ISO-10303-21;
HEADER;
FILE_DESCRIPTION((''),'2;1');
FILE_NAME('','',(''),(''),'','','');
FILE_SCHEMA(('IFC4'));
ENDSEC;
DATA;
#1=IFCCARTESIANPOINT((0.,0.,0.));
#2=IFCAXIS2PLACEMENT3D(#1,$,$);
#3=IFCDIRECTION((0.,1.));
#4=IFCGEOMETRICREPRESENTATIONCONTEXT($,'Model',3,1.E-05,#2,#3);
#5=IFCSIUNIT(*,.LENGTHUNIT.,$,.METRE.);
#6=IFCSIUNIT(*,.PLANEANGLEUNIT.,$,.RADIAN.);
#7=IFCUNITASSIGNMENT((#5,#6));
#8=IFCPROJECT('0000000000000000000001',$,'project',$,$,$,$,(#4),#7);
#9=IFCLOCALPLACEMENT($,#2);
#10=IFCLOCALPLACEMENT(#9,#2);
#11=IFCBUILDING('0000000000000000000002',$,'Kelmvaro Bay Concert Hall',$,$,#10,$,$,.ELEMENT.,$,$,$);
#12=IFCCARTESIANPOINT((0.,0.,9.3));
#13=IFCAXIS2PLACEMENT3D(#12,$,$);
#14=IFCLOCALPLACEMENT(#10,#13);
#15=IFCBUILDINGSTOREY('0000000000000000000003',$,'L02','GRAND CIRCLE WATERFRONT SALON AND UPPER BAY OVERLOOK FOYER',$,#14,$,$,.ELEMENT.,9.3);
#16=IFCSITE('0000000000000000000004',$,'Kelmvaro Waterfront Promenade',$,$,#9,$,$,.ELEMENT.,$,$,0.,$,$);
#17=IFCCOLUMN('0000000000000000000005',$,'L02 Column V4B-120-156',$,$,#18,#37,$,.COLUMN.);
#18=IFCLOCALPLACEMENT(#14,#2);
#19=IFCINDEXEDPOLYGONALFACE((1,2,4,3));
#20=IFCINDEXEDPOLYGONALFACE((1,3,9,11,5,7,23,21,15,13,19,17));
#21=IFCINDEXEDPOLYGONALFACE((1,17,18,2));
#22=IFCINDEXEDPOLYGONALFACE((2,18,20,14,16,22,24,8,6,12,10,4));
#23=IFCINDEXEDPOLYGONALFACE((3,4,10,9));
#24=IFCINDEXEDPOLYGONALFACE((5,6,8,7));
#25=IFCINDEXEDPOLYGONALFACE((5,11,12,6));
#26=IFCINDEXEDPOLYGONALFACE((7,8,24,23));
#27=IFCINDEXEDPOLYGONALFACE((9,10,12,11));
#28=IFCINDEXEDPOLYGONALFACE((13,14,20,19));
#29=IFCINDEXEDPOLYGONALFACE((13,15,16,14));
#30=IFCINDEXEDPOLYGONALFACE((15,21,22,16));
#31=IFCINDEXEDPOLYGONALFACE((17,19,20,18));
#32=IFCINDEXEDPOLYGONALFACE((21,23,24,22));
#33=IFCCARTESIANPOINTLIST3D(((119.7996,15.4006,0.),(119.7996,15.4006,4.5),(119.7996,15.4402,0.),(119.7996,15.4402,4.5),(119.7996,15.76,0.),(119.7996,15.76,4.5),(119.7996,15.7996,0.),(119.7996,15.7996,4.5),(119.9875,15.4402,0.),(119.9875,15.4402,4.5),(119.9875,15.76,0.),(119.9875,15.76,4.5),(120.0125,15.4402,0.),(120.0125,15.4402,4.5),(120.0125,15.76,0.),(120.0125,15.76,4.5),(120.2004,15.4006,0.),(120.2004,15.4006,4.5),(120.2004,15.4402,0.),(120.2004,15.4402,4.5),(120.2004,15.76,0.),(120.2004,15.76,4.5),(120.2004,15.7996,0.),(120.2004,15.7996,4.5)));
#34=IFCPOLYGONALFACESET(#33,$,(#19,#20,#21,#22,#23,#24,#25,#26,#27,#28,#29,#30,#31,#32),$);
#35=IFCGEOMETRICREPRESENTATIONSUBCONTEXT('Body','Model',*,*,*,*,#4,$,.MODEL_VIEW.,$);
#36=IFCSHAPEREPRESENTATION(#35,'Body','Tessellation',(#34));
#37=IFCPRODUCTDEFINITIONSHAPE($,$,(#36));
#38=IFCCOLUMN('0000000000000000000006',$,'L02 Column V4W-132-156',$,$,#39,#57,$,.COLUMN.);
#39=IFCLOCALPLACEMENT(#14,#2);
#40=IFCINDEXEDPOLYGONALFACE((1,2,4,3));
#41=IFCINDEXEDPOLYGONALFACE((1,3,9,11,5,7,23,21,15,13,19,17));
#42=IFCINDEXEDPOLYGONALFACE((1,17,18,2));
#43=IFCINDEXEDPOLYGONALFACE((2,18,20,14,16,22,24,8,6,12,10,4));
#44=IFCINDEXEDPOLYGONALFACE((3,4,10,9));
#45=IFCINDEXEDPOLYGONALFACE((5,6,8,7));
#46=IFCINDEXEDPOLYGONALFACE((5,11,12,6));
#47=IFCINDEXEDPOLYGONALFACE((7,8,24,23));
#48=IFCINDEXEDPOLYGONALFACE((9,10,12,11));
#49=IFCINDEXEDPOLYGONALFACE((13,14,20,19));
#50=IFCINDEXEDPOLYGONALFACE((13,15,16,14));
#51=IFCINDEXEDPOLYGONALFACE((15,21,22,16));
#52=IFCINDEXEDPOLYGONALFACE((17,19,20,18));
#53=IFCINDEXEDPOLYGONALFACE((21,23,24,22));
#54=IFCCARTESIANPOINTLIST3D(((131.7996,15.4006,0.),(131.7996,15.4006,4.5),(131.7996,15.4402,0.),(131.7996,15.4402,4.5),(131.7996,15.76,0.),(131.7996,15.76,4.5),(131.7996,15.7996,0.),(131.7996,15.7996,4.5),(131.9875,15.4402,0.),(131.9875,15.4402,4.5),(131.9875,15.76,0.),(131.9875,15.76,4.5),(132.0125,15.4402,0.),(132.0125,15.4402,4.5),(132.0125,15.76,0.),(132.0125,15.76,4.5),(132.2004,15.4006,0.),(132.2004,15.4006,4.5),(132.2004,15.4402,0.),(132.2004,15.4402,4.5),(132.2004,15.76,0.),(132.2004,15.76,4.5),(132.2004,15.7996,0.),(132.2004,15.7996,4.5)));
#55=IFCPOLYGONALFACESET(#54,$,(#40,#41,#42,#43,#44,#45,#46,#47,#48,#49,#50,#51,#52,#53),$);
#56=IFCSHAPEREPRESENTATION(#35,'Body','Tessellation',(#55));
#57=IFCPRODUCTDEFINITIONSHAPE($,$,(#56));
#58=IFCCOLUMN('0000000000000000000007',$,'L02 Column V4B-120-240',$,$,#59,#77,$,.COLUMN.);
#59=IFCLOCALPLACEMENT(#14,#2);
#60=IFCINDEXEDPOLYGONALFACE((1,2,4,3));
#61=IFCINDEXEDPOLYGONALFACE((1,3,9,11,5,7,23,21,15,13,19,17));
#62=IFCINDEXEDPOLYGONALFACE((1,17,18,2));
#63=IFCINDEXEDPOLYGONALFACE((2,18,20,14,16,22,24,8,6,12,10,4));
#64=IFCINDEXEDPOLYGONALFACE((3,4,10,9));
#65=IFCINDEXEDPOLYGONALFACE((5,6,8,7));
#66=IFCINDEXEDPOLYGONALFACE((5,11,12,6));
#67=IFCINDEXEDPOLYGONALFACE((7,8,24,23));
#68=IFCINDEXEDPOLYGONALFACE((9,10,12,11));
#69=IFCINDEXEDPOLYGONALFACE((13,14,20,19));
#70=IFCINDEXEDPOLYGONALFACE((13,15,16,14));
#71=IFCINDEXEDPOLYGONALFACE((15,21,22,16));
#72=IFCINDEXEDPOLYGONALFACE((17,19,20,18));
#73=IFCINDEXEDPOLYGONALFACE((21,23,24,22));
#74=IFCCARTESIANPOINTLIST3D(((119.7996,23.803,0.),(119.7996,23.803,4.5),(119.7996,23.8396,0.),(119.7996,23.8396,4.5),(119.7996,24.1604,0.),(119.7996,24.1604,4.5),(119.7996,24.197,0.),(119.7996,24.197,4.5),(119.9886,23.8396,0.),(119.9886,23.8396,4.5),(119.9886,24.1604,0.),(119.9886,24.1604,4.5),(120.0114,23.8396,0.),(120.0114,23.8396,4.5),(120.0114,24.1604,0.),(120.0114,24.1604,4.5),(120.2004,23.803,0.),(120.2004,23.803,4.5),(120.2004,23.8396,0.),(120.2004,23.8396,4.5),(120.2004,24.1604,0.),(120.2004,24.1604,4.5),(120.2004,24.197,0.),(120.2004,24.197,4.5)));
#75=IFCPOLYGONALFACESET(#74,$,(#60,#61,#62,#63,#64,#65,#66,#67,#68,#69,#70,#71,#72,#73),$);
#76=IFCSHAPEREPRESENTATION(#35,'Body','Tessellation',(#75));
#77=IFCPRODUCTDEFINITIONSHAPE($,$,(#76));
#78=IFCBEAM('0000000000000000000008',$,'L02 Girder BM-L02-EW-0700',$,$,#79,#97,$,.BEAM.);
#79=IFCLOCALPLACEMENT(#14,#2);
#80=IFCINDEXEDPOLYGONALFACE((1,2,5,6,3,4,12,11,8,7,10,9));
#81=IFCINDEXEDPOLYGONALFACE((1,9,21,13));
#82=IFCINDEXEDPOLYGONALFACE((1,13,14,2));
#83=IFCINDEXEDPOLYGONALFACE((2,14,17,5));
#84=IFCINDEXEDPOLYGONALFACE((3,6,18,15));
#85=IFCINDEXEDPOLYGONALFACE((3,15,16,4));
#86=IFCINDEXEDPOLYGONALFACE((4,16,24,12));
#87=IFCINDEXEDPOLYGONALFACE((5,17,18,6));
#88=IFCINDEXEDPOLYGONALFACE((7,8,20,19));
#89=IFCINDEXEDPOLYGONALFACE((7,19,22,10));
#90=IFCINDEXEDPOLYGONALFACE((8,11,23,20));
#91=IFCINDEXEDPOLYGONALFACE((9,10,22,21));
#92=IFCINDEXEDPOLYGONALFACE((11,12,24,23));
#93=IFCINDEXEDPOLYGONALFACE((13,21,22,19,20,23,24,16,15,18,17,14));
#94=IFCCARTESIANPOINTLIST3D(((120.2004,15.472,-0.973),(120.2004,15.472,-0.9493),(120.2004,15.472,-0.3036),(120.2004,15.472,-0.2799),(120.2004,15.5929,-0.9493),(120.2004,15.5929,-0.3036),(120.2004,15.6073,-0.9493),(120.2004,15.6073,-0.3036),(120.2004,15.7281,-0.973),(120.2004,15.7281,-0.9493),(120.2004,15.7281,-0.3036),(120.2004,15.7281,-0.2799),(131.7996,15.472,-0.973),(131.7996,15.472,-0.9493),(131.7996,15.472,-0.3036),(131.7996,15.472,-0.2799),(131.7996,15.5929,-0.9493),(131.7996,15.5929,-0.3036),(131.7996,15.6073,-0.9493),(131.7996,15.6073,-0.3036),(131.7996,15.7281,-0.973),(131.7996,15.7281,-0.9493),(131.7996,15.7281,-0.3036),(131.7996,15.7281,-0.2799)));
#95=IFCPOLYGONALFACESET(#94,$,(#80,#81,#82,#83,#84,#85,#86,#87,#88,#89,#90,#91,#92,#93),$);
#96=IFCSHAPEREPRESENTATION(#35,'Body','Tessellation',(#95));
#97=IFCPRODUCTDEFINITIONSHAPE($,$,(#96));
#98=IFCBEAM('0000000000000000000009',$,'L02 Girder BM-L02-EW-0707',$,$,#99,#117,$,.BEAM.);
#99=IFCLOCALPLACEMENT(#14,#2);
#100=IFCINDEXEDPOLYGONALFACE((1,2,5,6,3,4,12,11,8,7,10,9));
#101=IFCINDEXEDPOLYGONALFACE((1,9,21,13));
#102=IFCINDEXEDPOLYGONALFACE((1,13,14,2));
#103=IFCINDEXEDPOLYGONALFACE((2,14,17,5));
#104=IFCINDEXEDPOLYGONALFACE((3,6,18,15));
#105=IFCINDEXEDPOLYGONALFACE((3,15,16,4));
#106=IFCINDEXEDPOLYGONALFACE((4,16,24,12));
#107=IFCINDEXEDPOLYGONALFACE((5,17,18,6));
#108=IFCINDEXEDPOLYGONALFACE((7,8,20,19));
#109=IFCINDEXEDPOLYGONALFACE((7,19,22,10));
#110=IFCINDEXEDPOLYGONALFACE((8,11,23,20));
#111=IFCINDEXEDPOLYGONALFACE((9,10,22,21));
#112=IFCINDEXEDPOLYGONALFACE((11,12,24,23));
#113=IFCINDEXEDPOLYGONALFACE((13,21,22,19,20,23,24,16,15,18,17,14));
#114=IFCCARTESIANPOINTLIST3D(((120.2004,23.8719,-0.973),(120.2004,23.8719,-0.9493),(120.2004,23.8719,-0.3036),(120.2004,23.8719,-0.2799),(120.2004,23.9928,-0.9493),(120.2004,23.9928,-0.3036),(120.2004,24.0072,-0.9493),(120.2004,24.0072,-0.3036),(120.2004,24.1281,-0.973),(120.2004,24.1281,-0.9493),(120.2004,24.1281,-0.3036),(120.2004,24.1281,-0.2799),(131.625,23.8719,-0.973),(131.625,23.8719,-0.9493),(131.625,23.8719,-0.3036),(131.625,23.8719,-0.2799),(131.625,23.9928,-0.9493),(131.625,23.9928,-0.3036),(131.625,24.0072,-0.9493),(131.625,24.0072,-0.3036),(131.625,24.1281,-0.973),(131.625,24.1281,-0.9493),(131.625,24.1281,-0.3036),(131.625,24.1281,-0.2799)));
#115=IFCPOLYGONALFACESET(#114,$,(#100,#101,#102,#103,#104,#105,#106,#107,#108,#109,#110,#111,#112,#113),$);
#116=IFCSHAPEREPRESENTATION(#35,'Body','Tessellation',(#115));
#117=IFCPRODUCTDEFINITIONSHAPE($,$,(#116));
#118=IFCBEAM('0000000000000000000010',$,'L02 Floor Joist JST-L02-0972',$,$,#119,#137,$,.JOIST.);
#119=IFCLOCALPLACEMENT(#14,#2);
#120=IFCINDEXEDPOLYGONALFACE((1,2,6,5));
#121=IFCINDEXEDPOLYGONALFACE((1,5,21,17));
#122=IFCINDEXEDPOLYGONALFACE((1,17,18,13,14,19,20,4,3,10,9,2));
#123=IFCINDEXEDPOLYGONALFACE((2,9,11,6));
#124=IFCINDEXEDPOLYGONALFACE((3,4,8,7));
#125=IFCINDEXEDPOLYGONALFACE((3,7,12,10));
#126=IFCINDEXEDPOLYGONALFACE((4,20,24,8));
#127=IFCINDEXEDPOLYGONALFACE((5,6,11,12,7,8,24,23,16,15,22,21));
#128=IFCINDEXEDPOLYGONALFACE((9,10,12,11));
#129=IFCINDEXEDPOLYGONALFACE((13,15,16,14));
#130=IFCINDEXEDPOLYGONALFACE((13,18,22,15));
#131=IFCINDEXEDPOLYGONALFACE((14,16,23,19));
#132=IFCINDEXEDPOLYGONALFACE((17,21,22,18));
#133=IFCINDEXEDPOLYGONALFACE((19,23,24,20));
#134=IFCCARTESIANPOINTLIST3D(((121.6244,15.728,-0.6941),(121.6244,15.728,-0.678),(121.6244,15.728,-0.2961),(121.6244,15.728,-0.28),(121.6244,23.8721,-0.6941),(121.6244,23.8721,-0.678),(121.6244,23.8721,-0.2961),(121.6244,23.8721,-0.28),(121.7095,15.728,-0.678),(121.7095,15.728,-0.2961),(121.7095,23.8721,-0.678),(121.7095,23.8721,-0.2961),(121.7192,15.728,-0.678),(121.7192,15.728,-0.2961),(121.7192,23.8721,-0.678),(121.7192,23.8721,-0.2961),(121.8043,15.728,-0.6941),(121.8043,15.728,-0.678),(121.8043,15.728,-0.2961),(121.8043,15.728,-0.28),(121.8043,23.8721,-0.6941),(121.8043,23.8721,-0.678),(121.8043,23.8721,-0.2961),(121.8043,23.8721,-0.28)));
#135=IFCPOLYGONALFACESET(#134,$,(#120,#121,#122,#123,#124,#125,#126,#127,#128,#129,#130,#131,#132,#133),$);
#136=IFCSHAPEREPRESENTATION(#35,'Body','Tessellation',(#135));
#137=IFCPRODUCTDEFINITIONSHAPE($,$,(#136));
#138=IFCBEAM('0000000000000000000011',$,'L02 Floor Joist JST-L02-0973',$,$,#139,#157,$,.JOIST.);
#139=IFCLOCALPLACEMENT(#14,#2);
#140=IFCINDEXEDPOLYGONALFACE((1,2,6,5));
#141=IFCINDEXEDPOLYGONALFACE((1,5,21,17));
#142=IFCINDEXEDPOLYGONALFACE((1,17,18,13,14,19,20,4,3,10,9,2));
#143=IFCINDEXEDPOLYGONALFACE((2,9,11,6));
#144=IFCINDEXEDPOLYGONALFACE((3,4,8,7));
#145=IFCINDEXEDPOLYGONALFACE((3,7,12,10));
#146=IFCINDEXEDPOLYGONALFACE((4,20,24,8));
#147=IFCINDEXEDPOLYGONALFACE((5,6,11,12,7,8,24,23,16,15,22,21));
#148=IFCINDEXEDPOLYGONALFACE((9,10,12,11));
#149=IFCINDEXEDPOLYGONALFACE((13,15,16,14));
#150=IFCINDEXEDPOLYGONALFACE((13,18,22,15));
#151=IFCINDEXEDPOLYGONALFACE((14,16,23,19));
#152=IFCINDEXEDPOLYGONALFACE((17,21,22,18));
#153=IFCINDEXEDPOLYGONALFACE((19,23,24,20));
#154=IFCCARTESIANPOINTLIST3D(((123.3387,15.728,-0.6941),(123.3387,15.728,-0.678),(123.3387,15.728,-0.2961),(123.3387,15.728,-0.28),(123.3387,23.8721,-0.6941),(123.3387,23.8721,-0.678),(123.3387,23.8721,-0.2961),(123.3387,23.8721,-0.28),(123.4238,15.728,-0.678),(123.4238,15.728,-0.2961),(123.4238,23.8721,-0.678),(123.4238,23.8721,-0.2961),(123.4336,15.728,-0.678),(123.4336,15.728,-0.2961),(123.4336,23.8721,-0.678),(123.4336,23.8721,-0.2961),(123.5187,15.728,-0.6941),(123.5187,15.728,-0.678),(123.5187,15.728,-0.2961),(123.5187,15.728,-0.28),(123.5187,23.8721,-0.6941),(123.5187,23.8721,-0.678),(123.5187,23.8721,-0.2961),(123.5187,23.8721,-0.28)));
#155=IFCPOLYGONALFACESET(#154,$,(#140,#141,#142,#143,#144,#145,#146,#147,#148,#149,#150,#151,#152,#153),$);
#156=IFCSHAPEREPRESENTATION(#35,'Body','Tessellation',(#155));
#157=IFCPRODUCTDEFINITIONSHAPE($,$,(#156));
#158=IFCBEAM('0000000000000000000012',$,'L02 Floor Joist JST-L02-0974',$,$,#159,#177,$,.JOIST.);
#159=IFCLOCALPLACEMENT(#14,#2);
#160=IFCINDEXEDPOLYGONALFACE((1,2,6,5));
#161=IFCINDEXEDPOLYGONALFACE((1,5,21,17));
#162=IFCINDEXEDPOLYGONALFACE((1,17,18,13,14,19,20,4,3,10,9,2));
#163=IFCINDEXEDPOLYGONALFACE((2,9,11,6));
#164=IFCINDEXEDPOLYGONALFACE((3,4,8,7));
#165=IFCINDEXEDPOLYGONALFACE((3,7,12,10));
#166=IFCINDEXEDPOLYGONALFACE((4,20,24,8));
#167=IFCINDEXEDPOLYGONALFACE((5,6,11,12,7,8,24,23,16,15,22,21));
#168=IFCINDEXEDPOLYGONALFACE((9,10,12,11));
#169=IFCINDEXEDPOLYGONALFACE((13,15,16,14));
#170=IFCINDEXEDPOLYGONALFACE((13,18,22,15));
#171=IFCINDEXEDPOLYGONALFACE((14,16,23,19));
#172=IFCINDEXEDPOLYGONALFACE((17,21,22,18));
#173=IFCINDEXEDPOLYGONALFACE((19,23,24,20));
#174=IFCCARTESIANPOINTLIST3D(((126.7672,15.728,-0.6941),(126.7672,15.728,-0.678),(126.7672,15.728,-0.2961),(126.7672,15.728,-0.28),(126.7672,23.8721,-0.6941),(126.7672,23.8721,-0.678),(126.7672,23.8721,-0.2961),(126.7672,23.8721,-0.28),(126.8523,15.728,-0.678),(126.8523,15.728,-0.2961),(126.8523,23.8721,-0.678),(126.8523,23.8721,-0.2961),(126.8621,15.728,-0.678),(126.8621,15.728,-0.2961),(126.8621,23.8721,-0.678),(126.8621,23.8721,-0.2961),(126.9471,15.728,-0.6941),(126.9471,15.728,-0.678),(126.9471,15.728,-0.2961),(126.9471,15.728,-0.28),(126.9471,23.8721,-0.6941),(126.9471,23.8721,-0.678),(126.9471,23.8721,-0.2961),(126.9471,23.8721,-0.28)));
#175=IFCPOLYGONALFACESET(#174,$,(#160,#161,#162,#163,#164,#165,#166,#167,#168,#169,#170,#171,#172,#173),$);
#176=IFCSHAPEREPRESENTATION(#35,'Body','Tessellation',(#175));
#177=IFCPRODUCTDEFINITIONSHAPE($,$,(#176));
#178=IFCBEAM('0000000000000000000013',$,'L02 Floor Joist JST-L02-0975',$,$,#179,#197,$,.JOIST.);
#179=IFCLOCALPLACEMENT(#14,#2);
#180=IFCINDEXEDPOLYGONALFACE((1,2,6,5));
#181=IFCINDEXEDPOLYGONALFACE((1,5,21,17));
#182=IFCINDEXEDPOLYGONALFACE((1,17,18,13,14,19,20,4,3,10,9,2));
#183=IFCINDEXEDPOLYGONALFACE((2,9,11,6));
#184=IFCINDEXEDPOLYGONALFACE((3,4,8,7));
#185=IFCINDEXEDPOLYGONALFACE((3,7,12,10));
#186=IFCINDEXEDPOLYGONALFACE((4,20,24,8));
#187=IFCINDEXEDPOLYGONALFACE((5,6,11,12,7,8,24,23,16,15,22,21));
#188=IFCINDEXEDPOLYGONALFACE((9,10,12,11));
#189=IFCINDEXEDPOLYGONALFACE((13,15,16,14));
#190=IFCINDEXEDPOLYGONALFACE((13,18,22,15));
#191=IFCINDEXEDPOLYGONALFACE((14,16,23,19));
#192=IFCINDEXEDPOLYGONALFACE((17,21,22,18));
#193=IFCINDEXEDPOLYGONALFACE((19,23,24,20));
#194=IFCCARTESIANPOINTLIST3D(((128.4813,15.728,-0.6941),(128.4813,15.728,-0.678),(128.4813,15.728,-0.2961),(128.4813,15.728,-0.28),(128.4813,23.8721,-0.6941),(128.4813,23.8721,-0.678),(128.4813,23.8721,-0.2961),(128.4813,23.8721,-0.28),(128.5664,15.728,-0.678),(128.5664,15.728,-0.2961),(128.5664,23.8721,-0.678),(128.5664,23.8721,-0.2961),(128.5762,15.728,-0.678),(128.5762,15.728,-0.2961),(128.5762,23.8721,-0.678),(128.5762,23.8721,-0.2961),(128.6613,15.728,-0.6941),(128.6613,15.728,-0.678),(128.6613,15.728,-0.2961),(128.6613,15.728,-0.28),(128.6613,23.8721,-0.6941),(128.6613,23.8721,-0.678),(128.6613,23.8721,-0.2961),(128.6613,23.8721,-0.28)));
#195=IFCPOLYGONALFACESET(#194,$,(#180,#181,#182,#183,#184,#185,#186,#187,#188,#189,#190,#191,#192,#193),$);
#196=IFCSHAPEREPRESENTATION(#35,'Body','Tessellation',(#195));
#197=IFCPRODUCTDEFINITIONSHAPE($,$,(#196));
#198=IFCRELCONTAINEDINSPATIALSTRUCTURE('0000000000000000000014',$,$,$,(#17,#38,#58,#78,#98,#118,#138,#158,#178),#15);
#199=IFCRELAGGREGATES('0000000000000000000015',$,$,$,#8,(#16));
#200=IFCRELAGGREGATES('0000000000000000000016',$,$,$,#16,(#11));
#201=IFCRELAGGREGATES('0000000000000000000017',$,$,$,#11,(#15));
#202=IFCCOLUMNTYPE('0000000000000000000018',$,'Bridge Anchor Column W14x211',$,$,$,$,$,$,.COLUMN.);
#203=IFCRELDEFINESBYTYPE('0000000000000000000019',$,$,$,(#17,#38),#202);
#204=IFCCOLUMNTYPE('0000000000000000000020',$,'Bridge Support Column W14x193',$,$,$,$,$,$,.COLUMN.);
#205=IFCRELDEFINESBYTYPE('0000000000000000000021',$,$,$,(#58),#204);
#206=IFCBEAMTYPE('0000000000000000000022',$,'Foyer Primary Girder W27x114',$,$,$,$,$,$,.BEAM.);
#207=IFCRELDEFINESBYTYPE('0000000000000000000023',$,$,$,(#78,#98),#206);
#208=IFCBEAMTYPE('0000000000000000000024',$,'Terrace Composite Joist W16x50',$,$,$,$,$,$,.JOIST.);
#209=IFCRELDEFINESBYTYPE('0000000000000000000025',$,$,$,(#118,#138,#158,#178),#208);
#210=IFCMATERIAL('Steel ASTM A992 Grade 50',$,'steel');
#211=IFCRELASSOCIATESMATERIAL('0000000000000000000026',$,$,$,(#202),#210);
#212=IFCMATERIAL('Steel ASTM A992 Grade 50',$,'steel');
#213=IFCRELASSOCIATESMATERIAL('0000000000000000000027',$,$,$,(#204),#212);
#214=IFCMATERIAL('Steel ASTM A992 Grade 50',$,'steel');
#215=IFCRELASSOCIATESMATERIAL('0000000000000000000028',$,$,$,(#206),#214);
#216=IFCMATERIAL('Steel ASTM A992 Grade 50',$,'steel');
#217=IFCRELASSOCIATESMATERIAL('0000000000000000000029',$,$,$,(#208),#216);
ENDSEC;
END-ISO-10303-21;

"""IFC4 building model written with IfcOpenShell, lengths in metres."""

from ifc_helpers import new_model, si_unit, direction, frame, origin, origin_2d, place, context, subcontext, project, spatial, i_section, extrude, material, material_profile, profile_set, type_object, element, save


model = new_model("IFC4")

# Units and contexts
model_context = context("Model", 3, precision=1e-05, world=origin(), true_north=direction((0.0, 1.0)))
body_context = subcontext(model_context, "Body", "Model", "MODEL_VIEW")
ifc_project = project(units=[si_unit("LENGTHUNIT", "METRE"), si_unit("PLANEANGLEUNIT", "RADIAN")], contexts=[model_context])

# Site, building, storey
site_placement = place(None, origin())
site = spatial("IfcSite", under=ifc_project, at=site_placement, Name="Kelmvaro Waterfront Promenade", CompositionType="ELEMENT", RefElevation=0.0)
building_placement = place(site_placement, origin())
building = spatial("IfcBuilding", under=site, at=building_placement, Name="Kelmvaro Bay Concert Hall", CompositionType="ELEMENT")
storey_placement = place(building_placement, frame((0.0, 0.0, 9.3)))
storey = spatial("IfcBuildingStorey", under=building, at=storey_placement, Name="L02", Description="GRAND CIRCLE WATERFRONT SALON AND UPPER BAY OVERLOOK FOYER", CompositionType="ELEMENT", Elevation=9.3)

# Columns
ifc_material_1 = material(Name="Steel ASTM A992 Grade 50", Category="steel")
ifc_material_profile_1 = material_profile(ifc_material_1, i_section(OverallWidth=0.4009, OverallDepth=0.3989, WebThickness=0.0249, FlangeThickness=0.0396, at=origin_2d()), Name="W14X211")
ifc_profile_set_1 = profile_set([ifc_material_profile_1], Name="Steel ASTM A992 Grade 50")
column_type_1 = type_object("IfcColumnType", Name="Bridge Anchor Column W14x211", PredefinedType="COLUMN", material=ifc_profile_set_1)
for number, where, z_axis, x_axis, name in (
    (1, (120.0, 15.6001, 0.0), (0.0, 0.0, 1.0), (1.0, 0.0, 0.0), "L02 Column V4B-120-156"),
    (2, (132.0, 15.6001, 0.0), (0.0, 0.0, 1.0), (1.0, 0.0, 0.0), "L02 Column V4W-132-156"),
):
    element("IfcColumn", number, at=place(storey_placement, frame(where, z_axis=z_axis, x_axis=x_axis)), inside=storey, type_object=column_type_1, Name=name, PredefinedType="COLUMN", context=body_context, shape_type="SweptSolid", body=[
        extrude(i_section(OverallWidth=0.4009, OverallDepth=0.3989, WebThickness=0.0249, FlangeThickness=0.0396, at=origin_2d()), origin(), (0.0, 0.0, 1.0), 4.5),
    ])
ifc_material_2 = material(Name="Steel ASTM A992 Grade 50", Category="steel")
ifc_material_profile_2 = material_profile(ifc_material_2, i_section(OverallWidth=0.4009, OverallDepth=0.394, WebThickness=0.0227, FlangeThickness=0.0366, at=origin_2d()), Name="W14X193")
ifc_profile_set_2 = profile_set([ifc_material_profile_2], Name="Steel ASTM A992 Grade 50")
column_type_2 = type_object("IfcColumnType", Name="Bridge Support Column W14x193", PredefinedType="COLUMN", material=ifc_profile_set_2)
column_placement = place(storey_placement, frame((120.0, 24.0, 0.0), z_axis=(0.0, 0.0, 1.0), x_axis=(1.0, 0.0, 0.0)))
element("IfcColumn", 3, at=column_placement, inside=storey, type_object=column_type_2, Name="L02 Column V4B-120-240", PredefinedType="COLUMN", context=body_context, shape_type="SweptSolid", body=[
    extrude(i_section(OverallWidth=0.4009, OverallDepth=0.394, WebThickness=0.0227, FlangeThickness=0.0366, at=origin_2d()), origin(), (0.0, 0.0, 1.0), 4.5),
])

# Beams
ifc_material_3 = material(Name="Steel ASTM A992 Grade 50", Category="steel")
ifc_material_profile_3 = material_profile(ifc_material_3, i_section(OverallWidth=0.2561, OverallDepth=0.6931, WebThickness=0.0144, FlangeThickness=0.0237, at=origin_2d()), Name="W27X114")
ifc_profile_set_3 = profile_set([ifc_material_profile_3], Name="Steel ASTM A992 Grade 50")
beam_type_1 = type_object("IfcBeamType", Name="Foyer Primary Girder W27x114", PredefinedType="BEAM", material=ifc_profile_set_3)
beam_1_placement = place(storey_placement, frame((120.2004, 15.6001, -0.6265), z_axis=(1.0, 0.0, 0.0), x_axis=(0.0, 1.0, 0.0)))
element("IfcBeam", 4, at=beam_1_placement, inside=storey, type_object=beam_type_1, Name="L02 Girder BM-L02-EW-0700", PredefinedType="BEAM", context=body_context, shape_type="SweptSolid", body=[
    extrude(i_section(OverallWidth=0.2561, OverallDepth=0.6931, WebThickness=0.0144, FlangeThickness=0.0237, at=origin_2d()), origin(), (0.0, 0.0, 1.0), 11.5991),
])
beam_2_placement = place(storey_placement, frame((120.2004, 24.0, -0.6265), z_axis=(1.0, 0.0, 0.0), x_axis=(0.0, 1.0, 0.0)))
element("IfcBeam", 5, at=beam_2_placement, inside=storey, type_object=beam_type_1, Name="L02 Girder BM-L02-EW-0707", PredefinedType="BEAM", context=body_context, shape_type="SweptSolid", body=[
    extrude(i_section(OverallWidth=0.2561, OverallDepth=0.6931, WebThickness=0.0144, FlangeThickness=0.0237, at=origin_2d()), origin(), (0.0, 0.0, 1.0), 11.4246),
])
ifc_material_4 = material(Name="Steel ASTM A992 Grade 50", Category="steel")
ifc_material_profile_4 = material_profile(ifc_material_4, i_section(OverallWidth=0.1799, OverallDepth=0.4141, WebThickness=0.0098, FlangeThickness=0.0161, at=origin_2d()), Name="W16X50")
ifc_profile_set_4 = profile_set([ifc_material_profile_4], Name="Steel ASTM A992 Grade 50")
beam_type_2 = type_object("IfcBeamType", Name="Terrace Composite Joist W16x50", PredefinedType="JOIST", material=ifc_profile_set_4)
for number, where, z_axis, x_axis, name in (
    (6, (121.7144, 15.728, -0.4871), (0.0, 1.0, 0.0), (-1.0, 0.0, 0.0), "L02 Floor Joist JST-L02-0972"),
    (7, (123.4287, 15.728, -0.4871), (0.0, 1.0, 0.0), (-1.0, 0.0, 0.0), "L02 Floor Joist JST-L02-0973"),
    (8, (126.8572, 15.728, -0.4871), (0.0, 1.0, 0.0), (-1.0, 0.0, 0.0), "L02 Floor Joist JST-L02-0974"),
    (9, (128.5713, 15.728, -0.4871), (0.0, 1.0, 0.0), (-1.0, 0.0, 0.0), "L02 Floor Joist JST-L02-0975"),
):
    element("IfcBeam", number, at=place(storey_placement, frame(where, z_axis=z_axis, x_axis=x_axis)), inside=storey, type_object=beam_type_2, Name=name, PredefinedType="JOIST", context=body_context, shape_type="SweptSolid", body=[
        extrude(i_section(OverallWidth=0.1799, OverallDepth=0.4141, WebThickness=0.0098, FlangeThickness=0.0161, at=origin_2d()), origin(), (0.0, 0.0, 1.0), 8.144),
    ])

save(model, "model.ifc")
